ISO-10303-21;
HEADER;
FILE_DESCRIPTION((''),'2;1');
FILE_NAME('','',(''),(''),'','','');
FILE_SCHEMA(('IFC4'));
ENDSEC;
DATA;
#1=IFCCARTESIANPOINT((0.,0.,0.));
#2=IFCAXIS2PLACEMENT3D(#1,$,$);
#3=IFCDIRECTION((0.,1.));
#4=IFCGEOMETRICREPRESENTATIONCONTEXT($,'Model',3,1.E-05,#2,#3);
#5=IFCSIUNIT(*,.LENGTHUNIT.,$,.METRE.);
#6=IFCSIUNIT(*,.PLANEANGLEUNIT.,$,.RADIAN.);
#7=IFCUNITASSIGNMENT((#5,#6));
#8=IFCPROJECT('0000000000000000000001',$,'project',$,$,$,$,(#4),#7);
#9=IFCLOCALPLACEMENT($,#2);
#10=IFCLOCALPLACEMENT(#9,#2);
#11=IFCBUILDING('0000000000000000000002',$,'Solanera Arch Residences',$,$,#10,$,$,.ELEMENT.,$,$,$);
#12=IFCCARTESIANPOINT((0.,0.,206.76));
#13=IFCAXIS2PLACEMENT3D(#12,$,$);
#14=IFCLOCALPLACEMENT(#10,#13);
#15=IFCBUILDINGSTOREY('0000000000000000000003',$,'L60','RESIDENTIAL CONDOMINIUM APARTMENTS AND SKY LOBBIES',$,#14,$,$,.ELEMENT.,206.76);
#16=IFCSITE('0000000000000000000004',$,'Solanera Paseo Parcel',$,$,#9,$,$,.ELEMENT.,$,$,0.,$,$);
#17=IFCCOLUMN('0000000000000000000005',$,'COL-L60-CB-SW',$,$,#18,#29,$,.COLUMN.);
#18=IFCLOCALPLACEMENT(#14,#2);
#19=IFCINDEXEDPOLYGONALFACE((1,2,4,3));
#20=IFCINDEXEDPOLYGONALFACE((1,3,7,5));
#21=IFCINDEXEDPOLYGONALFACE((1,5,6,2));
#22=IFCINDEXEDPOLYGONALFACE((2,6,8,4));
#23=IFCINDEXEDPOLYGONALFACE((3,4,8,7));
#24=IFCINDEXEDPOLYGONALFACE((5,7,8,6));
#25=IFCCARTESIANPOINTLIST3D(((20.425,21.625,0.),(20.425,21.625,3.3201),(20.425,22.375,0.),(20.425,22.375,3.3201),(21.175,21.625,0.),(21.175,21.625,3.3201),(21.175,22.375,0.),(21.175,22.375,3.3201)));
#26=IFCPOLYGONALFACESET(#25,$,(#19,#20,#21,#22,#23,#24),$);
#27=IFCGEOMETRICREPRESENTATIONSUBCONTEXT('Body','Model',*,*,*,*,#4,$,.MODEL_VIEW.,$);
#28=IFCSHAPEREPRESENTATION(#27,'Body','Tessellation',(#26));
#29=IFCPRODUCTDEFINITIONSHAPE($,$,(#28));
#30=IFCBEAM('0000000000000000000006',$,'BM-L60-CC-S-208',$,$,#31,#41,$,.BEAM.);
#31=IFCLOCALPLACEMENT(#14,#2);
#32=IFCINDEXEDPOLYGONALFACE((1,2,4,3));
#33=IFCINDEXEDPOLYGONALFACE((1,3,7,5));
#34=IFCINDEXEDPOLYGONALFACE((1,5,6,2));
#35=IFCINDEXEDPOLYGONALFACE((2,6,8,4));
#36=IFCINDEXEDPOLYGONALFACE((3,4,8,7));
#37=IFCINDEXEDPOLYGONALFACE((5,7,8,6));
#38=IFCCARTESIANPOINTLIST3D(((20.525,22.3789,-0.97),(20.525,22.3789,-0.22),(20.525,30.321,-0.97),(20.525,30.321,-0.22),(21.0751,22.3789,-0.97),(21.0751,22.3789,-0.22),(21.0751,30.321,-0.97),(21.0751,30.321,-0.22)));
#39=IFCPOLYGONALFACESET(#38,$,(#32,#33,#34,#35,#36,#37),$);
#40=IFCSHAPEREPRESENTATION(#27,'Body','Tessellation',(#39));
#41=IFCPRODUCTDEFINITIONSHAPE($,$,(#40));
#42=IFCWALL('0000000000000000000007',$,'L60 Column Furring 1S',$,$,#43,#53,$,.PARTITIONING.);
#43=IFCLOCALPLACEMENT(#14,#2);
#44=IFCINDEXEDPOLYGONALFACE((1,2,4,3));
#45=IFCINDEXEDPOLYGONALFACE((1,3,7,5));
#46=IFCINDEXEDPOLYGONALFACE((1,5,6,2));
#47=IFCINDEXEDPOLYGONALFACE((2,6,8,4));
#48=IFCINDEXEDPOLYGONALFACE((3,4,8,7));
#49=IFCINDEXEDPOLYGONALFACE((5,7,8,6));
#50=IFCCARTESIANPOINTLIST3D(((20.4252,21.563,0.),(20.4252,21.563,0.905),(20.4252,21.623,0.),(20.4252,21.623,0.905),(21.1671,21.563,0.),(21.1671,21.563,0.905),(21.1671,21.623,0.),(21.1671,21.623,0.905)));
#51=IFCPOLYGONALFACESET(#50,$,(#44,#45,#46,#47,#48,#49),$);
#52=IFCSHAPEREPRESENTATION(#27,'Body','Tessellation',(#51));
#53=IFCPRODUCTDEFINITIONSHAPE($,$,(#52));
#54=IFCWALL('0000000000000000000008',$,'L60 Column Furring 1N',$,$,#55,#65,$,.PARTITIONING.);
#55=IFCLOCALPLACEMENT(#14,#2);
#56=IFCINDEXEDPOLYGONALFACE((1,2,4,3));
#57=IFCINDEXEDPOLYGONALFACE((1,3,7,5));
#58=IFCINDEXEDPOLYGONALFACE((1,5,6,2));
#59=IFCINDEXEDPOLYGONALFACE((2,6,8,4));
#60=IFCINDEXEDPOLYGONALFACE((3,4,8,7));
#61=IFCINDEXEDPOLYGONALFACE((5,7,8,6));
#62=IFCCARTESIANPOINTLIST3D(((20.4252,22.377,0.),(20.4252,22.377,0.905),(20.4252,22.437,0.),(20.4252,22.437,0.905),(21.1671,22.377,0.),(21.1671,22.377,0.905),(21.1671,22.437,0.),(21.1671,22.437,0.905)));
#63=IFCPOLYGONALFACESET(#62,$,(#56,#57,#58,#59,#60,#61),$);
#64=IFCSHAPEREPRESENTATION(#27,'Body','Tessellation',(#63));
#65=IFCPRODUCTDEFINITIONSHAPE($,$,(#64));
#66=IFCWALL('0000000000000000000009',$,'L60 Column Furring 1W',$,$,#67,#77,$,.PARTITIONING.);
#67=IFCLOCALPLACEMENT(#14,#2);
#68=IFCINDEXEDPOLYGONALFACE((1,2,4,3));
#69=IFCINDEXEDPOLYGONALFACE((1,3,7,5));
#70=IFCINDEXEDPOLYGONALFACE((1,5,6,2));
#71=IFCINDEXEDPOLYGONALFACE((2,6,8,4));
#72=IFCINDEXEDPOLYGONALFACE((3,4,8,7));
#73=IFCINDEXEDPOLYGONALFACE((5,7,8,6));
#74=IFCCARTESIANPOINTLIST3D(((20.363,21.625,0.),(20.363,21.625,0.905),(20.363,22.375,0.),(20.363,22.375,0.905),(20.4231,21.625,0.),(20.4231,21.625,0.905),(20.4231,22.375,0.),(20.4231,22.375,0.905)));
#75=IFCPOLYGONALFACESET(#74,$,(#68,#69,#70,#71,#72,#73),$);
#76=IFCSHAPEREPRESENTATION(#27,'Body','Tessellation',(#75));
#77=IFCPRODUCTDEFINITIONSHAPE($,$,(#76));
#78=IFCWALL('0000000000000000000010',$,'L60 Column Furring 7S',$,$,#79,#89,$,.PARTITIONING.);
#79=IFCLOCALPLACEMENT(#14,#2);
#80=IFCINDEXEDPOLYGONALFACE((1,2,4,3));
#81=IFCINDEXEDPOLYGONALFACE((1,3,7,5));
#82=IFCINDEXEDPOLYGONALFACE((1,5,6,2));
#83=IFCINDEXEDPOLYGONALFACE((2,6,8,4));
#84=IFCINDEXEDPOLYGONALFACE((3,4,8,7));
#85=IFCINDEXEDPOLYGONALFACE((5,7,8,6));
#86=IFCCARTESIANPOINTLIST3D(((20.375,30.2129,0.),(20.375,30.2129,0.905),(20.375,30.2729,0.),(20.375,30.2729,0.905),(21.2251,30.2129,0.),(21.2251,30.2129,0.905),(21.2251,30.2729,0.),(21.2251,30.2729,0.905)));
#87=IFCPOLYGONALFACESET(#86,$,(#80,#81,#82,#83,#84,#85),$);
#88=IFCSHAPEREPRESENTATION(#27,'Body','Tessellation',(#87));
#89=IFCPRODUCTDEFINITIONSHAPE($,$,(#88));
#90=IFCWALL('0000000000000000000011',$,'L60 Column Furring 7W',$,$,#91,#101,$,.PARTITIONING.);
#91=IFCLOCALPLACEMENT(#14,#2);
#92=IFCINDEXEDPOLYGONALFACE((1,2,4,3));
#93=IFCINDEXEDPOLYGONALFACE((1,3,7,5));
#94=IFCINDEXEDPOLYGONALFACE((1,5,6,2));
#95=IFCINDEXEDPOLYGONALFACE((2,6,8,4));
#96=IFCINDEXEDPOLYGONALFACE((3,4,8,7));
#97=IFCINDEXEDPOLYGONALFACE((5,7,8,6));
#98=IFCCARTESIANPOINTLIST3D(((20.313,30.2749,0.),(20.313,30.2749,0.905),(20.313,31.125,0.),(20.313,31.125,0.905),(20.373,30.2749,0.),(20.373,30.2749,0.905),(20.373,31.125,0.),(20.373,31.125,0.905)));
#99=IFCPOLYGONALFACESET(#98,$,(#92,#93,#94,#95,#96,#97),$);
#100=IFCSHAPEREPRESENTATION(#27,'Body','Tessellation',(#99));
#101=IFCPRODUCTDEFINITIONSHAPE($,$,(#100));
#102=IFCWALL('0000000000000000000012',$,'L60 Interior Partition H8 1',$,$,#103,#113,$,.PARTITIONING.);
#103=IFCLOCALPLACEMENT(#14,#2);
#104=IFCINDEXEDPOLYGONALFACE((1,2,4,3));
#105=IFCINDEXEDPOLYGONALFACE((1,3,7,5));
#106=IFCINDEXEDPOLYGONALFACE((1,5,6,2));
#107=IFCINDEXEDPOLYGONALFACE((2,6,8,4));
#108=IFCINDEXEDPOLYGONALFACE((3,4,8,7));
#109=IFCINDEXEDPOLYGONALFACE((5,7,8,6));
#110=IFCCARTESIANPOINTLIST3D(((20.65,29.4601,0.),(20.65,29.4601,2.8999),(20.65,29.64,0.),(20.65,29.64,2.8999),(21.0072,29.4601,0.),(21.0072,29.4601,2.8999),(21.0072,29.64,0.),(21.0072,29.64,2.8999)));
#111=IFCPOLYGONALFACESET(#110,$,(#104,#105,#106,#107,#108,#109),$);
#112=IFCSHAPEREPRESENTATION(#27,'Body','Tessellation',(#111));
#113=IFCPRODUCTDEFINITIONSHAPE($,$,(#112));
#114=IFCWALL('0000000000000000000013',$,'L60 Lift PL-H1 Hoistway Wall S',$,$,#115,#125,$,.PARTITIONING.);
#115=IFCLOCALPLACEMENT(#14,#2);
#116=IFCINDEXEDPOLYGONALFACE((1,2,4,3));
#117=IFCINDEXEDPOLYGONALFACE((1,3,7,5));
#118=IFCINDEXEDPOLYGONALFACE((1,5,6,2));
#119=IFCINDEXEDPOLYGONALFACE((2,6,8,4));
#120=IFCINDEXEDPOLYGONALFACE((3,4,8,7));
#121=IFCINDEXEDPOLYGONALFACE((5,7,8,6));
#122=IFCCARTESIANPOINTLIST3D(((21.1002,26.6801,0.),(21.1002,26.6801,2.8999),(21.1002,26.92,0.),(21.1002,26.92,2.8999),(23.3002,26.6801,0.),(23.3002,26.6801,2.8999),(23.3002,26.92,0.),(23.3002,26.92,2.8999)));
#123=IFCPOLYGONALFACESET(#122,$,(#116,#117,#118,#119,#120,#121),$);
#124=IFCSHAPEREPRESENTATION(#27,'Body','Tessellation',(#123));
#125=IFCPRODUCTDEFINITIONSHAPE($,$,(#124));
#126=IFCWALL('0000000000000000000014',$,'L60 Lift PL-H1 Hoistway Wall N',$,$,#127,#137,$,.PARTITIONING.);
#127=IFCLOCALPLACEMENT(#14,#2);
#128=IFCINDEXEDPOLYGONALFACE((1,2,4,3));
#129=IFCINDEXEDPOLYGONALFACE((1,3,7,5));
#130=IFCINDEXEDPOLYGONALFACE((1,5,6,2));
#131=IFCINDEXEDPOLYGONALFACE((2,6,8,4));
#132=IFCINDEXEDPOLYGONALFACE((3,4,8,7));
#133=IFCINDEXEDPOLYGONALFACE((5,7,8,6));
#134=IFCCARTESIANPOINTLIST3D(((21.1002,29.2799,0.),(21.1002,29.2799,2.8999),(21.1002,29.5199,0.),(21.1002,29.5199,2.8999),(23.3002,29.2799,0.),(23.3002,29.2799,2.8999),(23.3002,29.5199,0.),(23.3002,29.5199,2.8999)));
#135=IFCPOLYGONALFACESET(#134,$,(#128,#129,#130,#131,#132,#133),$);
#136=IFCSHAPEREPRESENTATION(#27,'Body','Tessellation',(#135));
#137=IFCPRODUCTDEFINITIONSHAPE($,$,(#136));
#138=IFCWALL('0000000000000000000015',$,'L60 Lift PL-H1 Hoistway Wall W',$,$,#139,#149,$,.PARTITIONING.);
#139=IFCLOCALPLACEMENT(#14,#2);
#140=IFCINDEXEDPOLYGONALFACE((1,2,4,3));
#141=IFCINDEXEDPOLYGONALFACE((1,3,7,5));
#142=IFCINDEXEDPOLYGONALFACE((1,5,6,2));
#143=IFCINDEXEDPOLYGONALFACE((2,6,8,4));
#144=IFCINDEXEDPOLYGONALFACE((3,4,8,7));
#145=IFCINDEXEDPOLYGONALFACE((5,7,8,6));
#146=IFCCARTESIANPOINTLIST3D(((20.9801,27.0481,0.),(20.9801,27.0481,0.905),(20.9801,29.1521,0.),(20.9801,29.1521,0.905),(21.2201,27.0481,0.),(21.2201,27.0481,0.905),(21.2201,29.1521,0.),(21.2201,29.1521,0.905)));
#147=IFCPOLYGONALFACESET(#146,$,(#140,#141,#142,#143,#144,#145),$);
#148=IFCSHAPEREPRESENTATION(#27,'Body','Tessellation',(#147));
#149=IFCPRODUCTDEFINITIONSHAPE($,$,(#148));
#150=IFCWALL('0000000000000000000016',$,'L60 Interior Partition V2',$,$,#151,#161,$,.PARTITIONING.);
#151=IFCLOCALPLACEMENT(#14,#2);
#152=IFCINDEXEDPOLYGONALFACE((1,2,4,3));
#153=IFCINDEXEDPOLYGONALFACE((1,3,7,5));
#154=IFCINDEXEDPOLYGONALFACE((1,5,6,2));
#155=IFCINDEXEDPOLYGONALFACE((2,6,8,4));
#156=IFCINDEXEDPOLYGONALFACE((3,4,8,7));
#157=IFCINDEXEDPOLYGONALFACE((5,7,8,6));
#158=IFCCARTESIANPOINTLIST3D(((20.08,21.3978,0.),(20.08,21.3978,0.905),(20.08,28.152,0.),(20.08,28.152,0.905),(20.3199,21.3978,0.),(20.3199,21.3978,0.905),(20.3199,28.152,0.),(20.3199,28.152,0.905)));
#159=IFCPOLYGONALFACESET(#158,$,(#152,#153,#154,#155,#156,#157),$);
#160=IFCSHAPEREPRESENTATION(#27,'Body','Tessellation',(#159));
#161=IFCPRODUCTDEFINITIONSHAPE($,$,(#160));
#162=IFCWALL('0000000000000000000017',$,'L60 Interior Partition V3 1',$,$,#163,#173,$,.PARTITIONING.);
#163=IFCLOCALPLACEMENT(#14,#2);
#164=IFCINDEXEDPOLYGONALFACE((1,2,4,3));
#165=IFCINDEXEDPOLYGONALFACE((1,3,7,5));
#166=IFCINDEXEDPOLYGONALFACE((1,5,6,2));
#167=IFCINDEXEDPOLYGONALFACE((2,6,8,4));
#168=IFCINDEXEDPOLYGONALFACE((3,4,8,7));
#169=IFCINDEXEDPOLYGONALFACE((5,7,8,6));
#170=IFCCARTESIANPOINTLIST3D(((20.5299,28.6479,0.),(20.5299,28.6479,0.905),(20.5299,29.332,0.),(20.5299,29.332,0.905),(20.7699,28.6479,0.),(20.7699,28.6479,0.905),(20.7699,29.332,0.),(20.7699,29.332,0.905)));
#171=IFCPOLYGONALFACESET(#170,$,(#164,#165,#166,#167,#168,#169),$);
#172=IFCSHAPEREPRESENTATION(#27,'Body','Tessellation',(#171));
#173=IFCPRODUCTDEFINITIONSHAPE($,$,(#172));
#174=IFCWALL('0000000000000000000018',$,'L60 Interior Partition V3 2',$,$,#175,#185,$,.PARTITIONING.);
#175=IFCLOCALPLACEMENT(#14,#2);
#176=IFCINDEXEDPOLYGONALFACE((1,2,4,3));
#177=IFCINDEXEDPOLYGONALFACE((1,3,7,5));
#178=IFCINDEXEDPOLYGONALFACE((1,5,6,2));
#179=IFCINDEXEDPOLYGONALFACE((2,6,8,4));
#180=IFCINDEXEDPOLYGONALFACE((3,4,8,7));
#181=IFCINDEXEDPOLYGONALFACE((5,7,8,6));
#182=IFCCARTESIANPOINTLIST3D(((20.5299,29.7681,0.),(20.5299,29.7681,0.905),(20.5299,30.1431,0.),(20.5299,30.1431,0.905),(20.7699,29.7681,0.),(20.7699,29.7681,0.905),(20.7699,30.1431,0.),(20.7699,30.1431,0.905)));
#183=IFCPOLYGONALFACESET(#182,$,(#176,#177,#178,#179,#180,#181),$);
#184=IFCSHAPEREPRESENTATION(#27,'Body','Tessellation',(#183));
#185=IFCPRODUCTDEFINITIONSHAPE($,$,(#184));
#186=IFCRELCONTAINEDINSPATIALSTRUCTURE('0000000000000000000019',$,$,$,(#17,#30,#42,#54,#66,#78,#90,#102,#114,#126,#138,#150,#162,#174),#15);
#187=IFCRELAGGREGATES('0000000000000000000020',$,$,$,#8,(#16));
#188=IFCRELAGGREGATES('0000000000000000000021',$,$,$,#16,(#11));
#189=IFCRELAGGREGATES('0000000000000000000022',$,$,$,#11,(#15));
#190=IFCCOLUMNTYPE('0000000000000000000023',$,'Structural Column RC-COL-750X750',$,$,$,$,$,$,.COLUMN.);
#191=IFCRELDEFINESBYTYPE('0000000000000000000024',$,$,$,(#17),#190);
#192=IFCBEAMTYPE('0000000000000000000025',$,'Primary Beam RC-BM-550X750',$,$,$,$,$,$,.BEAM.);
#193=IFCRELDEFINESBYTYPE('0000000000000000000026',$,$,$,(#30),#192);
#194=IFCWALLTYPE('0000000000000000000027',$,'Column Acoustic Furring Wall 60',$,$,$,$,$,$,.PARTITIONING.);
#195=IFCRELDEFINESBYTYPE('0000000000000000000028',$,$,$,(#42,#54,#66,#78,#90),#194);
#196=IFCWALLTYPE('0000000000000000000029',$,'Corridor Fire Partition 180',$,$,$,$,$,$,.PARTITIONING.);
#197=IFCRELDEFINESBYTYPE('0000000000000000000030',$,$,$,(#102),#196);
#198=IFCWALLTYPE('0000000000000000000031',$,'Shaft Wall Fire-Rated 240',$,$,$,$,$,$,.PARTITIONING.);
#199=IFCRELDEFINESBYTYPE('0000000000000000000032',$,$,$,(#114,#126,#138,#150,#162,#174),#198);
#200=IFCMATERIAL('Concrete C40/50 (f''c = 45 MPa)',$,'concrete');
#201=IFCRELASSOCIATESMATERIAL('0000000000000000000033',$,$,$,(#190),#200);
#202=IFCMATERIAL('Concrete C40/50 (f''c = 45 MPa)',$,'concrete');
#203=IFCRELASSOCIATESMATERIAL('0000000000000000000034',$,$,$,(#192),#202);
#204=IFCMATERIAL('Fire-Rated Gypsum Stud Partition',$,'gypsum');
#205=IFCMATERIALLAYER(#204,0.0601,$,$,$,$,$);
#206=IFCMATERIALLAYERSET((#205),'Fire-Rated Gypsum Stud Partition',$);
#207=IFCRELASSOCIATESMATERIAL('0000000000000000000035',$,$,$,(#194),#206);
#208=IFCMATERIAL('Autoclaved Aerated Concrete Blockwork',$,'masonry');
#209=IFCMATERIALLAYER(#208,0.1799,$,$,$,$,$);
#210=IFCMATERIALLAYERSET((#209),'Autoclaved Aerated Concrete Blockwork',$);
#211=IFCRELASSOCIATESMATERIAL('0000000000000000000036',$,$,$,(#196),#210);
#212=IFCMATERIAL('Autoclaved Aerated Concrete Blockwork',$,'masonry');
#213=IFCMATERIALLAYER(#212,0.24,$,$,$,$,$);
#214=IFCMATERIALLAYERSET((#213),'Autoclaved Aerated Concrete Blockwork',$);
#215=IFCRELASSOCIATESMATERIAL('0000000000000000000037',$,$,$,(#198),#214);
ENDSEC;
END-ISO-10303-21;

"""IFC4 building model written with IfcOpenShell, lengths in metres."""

from ifc_helpers import new_model, si_unit, direction, frame, frame_2d, origin, origin_2d, place, context, subcontext, project, spatial, rectangle, extrude, material, layer, layer_set, material_profile, profile_set, type_object, element, save


model = new_model("IFC4")

# Units and contexts
model_context = context("Model", 3, precision=1e-05, world=origin(), true_north=direction((0.0, 1.0)))
body_context = subcontext(model_context, "Body", "Model", "MODEL_VIEW")
ifc_project = project(units=[si_unit("LENGTHUNIT", "METRE"), si_unit("PLANEANGLEUNIT", "RADIAN")], contexts=[model_context])

# Site, building, storey
site_placement = place(None, origin())
site = spatial("IfcSite", under=ifc_project, at=site_placement, Name="Solanera Paseo Parcel", CompositionType="ELEMENT", RefElevation=0.0)
building_placement = place(site_placement, origin())
building = spatial("IfcBuilding", under=site, at=building_placement, Name="Solanera Arch Residences", CompositionType="ELEMENT")
storey_placement = place(building_placement, frame((0.0, 0.0, 206.76)))
storey = spatial("IfcBuildingStorey", under=building, at=storey_placement, Name="L60", Description="RESIDENTIAL CONDOMINIUM APARTMENTS AND SKY LOBBIES", CompositionType="ELEMENT", Elevation=206.76)

# Column
ifc_material_1 = material(Name="Concrete C40/50 (f'c = 45 MPa)", Category="concrete")
ifc_material_profile_1 = material_profile(ifc_material_1, rectangle(XDim=0.75, YDim=0.75, at=origin_2d()))
ifc_profile_set_1 = profile_set([ifc_material_profile_1], Name="Concrete C40/50 (f'c = 45 MPa)")
column_type = type_object("IfcColumnType", Name="Structural Column RC-COL-750X750", PredefinedType="COLUMN", material=ifc_profile_set_1)
column_placement = place(storey_placement, frame((20.8, 22.0, 0.0), z_axis=(0.0, 0.0, 1.0), x_axis=(1.0, 0.0, 0.0)))
element("IfcColumn", 1, at=column_placement, inside=storey, type_object=column_type, Name="COL-L60-CB-SW", PredefinedType="COLUMN", context=body_context, shape_type="SweptSolid", body=[
    extrude(rectangle(XDim=0.75, YDim=0.75, at=origin_2d()), origin(), (0.0, 0.0, 1.0), 3.3201),
])

# Beam
ifc_material_2 = material(Name="Concrete C40/50 (f'c = 45 MPa)", Category="concrete")
ifc_material_profile_2 = material_profile(ifc_material_2, rectangle(XDim=0.55, YDim=0.75, at=origin_2d()))
ifc_profile_set_2 = profile_set([ifc_material_profile_2], Name="Concrete C40/50 (f'c = 45 MPa)")
beam_type = type_object("IfcBeamType", Name="Primary Beam RC-BM-550X750", PredefinedType="BEAM", material=ifc_profile_set_2)
beam_placement = place(storey_placement, frame((20.8, 22.3789, -0.595), z_axis=(0.0, 1.0, 0.0), x_axis=(-1.0, 0.0, 0.0)))
element("IfcBeam", 2, at=beam_placement, inside=storey, type_object=beam_type, Name="BM-L60-CC-S-208", PredefinedType="BEAM", context=body_context, shape_type="SweptSolid", body=[
    extrude(rectangle(XDim=0.55, YDim=0.75, at=origin_2d()), origin(), (0.0, 0.0, 1.0), 7.9421),
])

# Walls
ifc_material_3 = material(Name="Fire-Rated Gypsum Stud Partition", Category="gypsum")
ifc_layer_1 = layer(ifc_material_3, 0.0601)
ifc_layer_set_1 = layer_set([ifc_layer_1], Name="Fire-Rated Gypsum Stud Partition")
wall_type_1 = type_object("IfcWallType", Name="Column Acoustic Furring Wall 60", PredefinedType="PARTITIONING", material=ifc_layer_set_1)
for number, where, z_axis, x_axis, name in (
    (3, (20.425, 21.593, 0.0), (0.0, 0.0, 1.0), (1.0, 0.0, 0.0), "L60 Column Furring 1S"),
    (4, (20.425, 22.407, 0.0), (0.0, 0.0, 1.0), (1.0, 0.0, 0.0), "L60 Column Furring 1N"),
):
    element("IfcWall", number, at=place(storey_placement, frame(where, z_axis=z_axis, x_axis=x_axis)), inside=storey, type_object=wall_type_1, Name=name, PredefinedType="PARTITIONING", context=body_context, shape_type="SweptSolid", body=[
        extrude(rectangle(XDim=0.7419, YDim=0.0601, at=frame_2d((0.3711, 0.0))), origin(), (0.0, 0.0, 1.0), 0.905),
    ])
wall_1_placement = place(storey_placement, frame((20.3931, 21.625, 0.0), z_axis=(0.0, 0.0, 1.0), x_axis=(0.0, 1.0, 0.0)))
element("IfcWall", 5, at=wall_1_placement, inside=storey, type_object=wall_type_1, Name="L60 Column Furring 1W", PredefinedType="PARTITIONING", context=body_context, shape_type="SweptSolid", body=[
    extrude(rectangle(XDim=0.75, YDim=0.0601, at=frame_2d((0.375, 0.0))), origin(), (0.0, 0.0, 1.0), 0.905),
])
for number, where, z_axis, x_axis, name in (
    (6, (20.375, 30.2429, 0.0), (0.0, 0.0, 1.0), (1.0, 0.0, 0.0), "L60 Column Furring 7S"),
    (7, (20.343, 30.2749, 0.0), (0.0, 0.0, 1.0), (0.0, 1.0, 0.0), "L60 Column Furring 7W"),
):
    element("IfcWall", number, at=place(storey_placement, frame(where, z_axis=z_axis, x_axis=x_axis)), inside=storey, type_object=wall_type_1, Name=name, PredefinedType="PARTITIONING", context=body_context, shape_type="SweptSolid", body=[
        extrude(rectangle(XDim=0.8501, YDim=0.0601, at=frame_2d((0.425, 0.0))), origin(), (0.0, 0.0, 1.0), 0.905),
    ])

# Walls
ifc_material_4 = material(Name="Autoclaved Aerated Concrete Blockwork", Category="masonry")
ifc_layer_2 = layer(ifc_material_4, 0.1799)
ifc_layer_set_2 = layer_set([ifc_layer_2], Name="Autoclaved Aerated Concrete Blockwork")
wall_type_2 = type_object("IfcWallType", Name="Corridor Fire Partition 180", PredefinedType="PARTITIONING", material=ifc_layer_set_2)
wall_2_placement = place(storey_placement, frame((20.6499, 29.55, 0.0), z_axis=(0.0, 0.0, 1.0), x_axis=(1.0, 0.0, 0.0)))
element("IfcWall", 8, at=wall_2_placement, inside=storey, type_object=wall_type_2, Name="L60 Interior Partition H8 1", PredefinedType="PARTITIONING", context=body_context, shape_type="SweptSolid", body=[
    extrude(rectangle(XDim=0.3572, YDim=0.1799, at=frame_2d((0.1787, 0.0))), origin(), (0.0, 0.0, 1.0), 2.8999),
])
ifc_material_5 = material(Name="Autoclaved Aerated Concrete Blockwork", Category="masonry")
ifc_layer_3 = layer(ifc_material_5, 0.24)
ifc_layer_set_3 = layer_set([ifc_layer_3], Name="Autoclaved Aerated Concrete Blockwork")
wall_type_3 = type_object("IfcWallType", Name="Shaft Wall Fire-Rated 240", PredefinedType="PARTITIONING", material=ifc_layer_set_3)
for number, where, z_axis, x_axis, name in (
    (9, (21.1001, 26.8, 0.0), (0.0, 0.0, 1.0), (1.0, 0.0, 0.0), "L60 Lift PL-H1 Hoistway Wall S"),
    (10, (21.1001, 29.3999, 0.0), (0.0, 0.0, 1.0), (1.0, 0.0, 0.0), "L60 Lift PL-H1 Hoistway Wall N"),
):
    element("IfcWall", number, at=place(storey_placement, frame(where, z_axis=z_axis, x_axis=x_axis)), inside=storey, type_object=wall_type_3, Name=name, PredefinedType="PARTITIONING", context=body_context, shape_type="SweptSolid", body=[
        extrude(rectangle(XDim=2.2, YDim=0.24, at=frame_2d((1.1001, 0.0))), origin(), (0.0, 0.0, 1.0), 2.8999),
    ])
wall_3_placement = place(storey_placement, frame((21.1001, 27.0481, 0.0), z_axis=(0.0, 0.0, 1.0), x_axis=(0.0, 1.0, 0.0)))
element("IfcWall", 11, at=wall_3_placement, inside=storey, type_object=wall_type_3, Name="L60 Lift PL-H1 Hoistway Wall W", PredefinedType="PARTITIONING", context=body_context, shape_type="SweptSolid", body=[
    extrude(rectangle(XDim=2.104, YDim=0.24, at=frame_2d((1.052, 0.0))), origin(), (0.0, 0.0, 1.0), 0.905),
])

# Walls
wall_4_placement = place(storey_placement, frame((20.2, 21.3979, 0.0), z_axis=(0.0, 0.0, 1.0), x_axis=(0.0, 1.0, 0.0)))
element("IfcWall", 12, at=wall_4_placement, inside=storey, type_object=wall_type_3, Name="L60 Interior Partition V2", PredefinedType="PARTITIONING", context=body_context, shape_type="SweptSolid", body=[
    extrude(rectangle(XDim=6.7542, YDim=0.24, at=frame_2d((3.377, 0.0))), origin(), (0.0, 0.0, 1.0), 0.905),
])
wall_5_placement = place(storey_placement, frame((20.6499, 28.6479, 0.0), z_axis=(0.0, 0.0, 1.0), x_axis=(0.0, 1.0, 0.0)))
element("IfcWall", 13, at=wall_5_placement, inside=storey, type_object=wall_type_3, Name="L60 Interior Partition V3 1", PredefinedType="PARTITIONING", context=body_context, shape_type="SweptSolid", body=[
    extrude(rectangle(XDim=0.6841, YDim=0.24, at=frame_2d((0.342, 0.0))), origin(), (0.0, 0.0, 1.0), 0.905),
])
wall_6_placement = place(storey_placement, frame((20.6499, 29.7681, 0.0), z_axis=(0.0, 0.0, 1.0), x_axis=(0.0, 1.0, 0.0)))
element("IfcWall", 14, at=wall_6_placement, inside=storey, type_object=wall_type_3, Name="L60 Interior Partition V3 2", PredefinedType="PARTITIONING", context=body_context, shape_type="SweptSolid", body=[
    extrude(rectangle(XDim=0.375, YDim=0.24, at=frame_2d((0.1875, 0.0))), origin(), (0.0, 0.0, 1.0), 0.905),
])

save(model, "model.ifc")
